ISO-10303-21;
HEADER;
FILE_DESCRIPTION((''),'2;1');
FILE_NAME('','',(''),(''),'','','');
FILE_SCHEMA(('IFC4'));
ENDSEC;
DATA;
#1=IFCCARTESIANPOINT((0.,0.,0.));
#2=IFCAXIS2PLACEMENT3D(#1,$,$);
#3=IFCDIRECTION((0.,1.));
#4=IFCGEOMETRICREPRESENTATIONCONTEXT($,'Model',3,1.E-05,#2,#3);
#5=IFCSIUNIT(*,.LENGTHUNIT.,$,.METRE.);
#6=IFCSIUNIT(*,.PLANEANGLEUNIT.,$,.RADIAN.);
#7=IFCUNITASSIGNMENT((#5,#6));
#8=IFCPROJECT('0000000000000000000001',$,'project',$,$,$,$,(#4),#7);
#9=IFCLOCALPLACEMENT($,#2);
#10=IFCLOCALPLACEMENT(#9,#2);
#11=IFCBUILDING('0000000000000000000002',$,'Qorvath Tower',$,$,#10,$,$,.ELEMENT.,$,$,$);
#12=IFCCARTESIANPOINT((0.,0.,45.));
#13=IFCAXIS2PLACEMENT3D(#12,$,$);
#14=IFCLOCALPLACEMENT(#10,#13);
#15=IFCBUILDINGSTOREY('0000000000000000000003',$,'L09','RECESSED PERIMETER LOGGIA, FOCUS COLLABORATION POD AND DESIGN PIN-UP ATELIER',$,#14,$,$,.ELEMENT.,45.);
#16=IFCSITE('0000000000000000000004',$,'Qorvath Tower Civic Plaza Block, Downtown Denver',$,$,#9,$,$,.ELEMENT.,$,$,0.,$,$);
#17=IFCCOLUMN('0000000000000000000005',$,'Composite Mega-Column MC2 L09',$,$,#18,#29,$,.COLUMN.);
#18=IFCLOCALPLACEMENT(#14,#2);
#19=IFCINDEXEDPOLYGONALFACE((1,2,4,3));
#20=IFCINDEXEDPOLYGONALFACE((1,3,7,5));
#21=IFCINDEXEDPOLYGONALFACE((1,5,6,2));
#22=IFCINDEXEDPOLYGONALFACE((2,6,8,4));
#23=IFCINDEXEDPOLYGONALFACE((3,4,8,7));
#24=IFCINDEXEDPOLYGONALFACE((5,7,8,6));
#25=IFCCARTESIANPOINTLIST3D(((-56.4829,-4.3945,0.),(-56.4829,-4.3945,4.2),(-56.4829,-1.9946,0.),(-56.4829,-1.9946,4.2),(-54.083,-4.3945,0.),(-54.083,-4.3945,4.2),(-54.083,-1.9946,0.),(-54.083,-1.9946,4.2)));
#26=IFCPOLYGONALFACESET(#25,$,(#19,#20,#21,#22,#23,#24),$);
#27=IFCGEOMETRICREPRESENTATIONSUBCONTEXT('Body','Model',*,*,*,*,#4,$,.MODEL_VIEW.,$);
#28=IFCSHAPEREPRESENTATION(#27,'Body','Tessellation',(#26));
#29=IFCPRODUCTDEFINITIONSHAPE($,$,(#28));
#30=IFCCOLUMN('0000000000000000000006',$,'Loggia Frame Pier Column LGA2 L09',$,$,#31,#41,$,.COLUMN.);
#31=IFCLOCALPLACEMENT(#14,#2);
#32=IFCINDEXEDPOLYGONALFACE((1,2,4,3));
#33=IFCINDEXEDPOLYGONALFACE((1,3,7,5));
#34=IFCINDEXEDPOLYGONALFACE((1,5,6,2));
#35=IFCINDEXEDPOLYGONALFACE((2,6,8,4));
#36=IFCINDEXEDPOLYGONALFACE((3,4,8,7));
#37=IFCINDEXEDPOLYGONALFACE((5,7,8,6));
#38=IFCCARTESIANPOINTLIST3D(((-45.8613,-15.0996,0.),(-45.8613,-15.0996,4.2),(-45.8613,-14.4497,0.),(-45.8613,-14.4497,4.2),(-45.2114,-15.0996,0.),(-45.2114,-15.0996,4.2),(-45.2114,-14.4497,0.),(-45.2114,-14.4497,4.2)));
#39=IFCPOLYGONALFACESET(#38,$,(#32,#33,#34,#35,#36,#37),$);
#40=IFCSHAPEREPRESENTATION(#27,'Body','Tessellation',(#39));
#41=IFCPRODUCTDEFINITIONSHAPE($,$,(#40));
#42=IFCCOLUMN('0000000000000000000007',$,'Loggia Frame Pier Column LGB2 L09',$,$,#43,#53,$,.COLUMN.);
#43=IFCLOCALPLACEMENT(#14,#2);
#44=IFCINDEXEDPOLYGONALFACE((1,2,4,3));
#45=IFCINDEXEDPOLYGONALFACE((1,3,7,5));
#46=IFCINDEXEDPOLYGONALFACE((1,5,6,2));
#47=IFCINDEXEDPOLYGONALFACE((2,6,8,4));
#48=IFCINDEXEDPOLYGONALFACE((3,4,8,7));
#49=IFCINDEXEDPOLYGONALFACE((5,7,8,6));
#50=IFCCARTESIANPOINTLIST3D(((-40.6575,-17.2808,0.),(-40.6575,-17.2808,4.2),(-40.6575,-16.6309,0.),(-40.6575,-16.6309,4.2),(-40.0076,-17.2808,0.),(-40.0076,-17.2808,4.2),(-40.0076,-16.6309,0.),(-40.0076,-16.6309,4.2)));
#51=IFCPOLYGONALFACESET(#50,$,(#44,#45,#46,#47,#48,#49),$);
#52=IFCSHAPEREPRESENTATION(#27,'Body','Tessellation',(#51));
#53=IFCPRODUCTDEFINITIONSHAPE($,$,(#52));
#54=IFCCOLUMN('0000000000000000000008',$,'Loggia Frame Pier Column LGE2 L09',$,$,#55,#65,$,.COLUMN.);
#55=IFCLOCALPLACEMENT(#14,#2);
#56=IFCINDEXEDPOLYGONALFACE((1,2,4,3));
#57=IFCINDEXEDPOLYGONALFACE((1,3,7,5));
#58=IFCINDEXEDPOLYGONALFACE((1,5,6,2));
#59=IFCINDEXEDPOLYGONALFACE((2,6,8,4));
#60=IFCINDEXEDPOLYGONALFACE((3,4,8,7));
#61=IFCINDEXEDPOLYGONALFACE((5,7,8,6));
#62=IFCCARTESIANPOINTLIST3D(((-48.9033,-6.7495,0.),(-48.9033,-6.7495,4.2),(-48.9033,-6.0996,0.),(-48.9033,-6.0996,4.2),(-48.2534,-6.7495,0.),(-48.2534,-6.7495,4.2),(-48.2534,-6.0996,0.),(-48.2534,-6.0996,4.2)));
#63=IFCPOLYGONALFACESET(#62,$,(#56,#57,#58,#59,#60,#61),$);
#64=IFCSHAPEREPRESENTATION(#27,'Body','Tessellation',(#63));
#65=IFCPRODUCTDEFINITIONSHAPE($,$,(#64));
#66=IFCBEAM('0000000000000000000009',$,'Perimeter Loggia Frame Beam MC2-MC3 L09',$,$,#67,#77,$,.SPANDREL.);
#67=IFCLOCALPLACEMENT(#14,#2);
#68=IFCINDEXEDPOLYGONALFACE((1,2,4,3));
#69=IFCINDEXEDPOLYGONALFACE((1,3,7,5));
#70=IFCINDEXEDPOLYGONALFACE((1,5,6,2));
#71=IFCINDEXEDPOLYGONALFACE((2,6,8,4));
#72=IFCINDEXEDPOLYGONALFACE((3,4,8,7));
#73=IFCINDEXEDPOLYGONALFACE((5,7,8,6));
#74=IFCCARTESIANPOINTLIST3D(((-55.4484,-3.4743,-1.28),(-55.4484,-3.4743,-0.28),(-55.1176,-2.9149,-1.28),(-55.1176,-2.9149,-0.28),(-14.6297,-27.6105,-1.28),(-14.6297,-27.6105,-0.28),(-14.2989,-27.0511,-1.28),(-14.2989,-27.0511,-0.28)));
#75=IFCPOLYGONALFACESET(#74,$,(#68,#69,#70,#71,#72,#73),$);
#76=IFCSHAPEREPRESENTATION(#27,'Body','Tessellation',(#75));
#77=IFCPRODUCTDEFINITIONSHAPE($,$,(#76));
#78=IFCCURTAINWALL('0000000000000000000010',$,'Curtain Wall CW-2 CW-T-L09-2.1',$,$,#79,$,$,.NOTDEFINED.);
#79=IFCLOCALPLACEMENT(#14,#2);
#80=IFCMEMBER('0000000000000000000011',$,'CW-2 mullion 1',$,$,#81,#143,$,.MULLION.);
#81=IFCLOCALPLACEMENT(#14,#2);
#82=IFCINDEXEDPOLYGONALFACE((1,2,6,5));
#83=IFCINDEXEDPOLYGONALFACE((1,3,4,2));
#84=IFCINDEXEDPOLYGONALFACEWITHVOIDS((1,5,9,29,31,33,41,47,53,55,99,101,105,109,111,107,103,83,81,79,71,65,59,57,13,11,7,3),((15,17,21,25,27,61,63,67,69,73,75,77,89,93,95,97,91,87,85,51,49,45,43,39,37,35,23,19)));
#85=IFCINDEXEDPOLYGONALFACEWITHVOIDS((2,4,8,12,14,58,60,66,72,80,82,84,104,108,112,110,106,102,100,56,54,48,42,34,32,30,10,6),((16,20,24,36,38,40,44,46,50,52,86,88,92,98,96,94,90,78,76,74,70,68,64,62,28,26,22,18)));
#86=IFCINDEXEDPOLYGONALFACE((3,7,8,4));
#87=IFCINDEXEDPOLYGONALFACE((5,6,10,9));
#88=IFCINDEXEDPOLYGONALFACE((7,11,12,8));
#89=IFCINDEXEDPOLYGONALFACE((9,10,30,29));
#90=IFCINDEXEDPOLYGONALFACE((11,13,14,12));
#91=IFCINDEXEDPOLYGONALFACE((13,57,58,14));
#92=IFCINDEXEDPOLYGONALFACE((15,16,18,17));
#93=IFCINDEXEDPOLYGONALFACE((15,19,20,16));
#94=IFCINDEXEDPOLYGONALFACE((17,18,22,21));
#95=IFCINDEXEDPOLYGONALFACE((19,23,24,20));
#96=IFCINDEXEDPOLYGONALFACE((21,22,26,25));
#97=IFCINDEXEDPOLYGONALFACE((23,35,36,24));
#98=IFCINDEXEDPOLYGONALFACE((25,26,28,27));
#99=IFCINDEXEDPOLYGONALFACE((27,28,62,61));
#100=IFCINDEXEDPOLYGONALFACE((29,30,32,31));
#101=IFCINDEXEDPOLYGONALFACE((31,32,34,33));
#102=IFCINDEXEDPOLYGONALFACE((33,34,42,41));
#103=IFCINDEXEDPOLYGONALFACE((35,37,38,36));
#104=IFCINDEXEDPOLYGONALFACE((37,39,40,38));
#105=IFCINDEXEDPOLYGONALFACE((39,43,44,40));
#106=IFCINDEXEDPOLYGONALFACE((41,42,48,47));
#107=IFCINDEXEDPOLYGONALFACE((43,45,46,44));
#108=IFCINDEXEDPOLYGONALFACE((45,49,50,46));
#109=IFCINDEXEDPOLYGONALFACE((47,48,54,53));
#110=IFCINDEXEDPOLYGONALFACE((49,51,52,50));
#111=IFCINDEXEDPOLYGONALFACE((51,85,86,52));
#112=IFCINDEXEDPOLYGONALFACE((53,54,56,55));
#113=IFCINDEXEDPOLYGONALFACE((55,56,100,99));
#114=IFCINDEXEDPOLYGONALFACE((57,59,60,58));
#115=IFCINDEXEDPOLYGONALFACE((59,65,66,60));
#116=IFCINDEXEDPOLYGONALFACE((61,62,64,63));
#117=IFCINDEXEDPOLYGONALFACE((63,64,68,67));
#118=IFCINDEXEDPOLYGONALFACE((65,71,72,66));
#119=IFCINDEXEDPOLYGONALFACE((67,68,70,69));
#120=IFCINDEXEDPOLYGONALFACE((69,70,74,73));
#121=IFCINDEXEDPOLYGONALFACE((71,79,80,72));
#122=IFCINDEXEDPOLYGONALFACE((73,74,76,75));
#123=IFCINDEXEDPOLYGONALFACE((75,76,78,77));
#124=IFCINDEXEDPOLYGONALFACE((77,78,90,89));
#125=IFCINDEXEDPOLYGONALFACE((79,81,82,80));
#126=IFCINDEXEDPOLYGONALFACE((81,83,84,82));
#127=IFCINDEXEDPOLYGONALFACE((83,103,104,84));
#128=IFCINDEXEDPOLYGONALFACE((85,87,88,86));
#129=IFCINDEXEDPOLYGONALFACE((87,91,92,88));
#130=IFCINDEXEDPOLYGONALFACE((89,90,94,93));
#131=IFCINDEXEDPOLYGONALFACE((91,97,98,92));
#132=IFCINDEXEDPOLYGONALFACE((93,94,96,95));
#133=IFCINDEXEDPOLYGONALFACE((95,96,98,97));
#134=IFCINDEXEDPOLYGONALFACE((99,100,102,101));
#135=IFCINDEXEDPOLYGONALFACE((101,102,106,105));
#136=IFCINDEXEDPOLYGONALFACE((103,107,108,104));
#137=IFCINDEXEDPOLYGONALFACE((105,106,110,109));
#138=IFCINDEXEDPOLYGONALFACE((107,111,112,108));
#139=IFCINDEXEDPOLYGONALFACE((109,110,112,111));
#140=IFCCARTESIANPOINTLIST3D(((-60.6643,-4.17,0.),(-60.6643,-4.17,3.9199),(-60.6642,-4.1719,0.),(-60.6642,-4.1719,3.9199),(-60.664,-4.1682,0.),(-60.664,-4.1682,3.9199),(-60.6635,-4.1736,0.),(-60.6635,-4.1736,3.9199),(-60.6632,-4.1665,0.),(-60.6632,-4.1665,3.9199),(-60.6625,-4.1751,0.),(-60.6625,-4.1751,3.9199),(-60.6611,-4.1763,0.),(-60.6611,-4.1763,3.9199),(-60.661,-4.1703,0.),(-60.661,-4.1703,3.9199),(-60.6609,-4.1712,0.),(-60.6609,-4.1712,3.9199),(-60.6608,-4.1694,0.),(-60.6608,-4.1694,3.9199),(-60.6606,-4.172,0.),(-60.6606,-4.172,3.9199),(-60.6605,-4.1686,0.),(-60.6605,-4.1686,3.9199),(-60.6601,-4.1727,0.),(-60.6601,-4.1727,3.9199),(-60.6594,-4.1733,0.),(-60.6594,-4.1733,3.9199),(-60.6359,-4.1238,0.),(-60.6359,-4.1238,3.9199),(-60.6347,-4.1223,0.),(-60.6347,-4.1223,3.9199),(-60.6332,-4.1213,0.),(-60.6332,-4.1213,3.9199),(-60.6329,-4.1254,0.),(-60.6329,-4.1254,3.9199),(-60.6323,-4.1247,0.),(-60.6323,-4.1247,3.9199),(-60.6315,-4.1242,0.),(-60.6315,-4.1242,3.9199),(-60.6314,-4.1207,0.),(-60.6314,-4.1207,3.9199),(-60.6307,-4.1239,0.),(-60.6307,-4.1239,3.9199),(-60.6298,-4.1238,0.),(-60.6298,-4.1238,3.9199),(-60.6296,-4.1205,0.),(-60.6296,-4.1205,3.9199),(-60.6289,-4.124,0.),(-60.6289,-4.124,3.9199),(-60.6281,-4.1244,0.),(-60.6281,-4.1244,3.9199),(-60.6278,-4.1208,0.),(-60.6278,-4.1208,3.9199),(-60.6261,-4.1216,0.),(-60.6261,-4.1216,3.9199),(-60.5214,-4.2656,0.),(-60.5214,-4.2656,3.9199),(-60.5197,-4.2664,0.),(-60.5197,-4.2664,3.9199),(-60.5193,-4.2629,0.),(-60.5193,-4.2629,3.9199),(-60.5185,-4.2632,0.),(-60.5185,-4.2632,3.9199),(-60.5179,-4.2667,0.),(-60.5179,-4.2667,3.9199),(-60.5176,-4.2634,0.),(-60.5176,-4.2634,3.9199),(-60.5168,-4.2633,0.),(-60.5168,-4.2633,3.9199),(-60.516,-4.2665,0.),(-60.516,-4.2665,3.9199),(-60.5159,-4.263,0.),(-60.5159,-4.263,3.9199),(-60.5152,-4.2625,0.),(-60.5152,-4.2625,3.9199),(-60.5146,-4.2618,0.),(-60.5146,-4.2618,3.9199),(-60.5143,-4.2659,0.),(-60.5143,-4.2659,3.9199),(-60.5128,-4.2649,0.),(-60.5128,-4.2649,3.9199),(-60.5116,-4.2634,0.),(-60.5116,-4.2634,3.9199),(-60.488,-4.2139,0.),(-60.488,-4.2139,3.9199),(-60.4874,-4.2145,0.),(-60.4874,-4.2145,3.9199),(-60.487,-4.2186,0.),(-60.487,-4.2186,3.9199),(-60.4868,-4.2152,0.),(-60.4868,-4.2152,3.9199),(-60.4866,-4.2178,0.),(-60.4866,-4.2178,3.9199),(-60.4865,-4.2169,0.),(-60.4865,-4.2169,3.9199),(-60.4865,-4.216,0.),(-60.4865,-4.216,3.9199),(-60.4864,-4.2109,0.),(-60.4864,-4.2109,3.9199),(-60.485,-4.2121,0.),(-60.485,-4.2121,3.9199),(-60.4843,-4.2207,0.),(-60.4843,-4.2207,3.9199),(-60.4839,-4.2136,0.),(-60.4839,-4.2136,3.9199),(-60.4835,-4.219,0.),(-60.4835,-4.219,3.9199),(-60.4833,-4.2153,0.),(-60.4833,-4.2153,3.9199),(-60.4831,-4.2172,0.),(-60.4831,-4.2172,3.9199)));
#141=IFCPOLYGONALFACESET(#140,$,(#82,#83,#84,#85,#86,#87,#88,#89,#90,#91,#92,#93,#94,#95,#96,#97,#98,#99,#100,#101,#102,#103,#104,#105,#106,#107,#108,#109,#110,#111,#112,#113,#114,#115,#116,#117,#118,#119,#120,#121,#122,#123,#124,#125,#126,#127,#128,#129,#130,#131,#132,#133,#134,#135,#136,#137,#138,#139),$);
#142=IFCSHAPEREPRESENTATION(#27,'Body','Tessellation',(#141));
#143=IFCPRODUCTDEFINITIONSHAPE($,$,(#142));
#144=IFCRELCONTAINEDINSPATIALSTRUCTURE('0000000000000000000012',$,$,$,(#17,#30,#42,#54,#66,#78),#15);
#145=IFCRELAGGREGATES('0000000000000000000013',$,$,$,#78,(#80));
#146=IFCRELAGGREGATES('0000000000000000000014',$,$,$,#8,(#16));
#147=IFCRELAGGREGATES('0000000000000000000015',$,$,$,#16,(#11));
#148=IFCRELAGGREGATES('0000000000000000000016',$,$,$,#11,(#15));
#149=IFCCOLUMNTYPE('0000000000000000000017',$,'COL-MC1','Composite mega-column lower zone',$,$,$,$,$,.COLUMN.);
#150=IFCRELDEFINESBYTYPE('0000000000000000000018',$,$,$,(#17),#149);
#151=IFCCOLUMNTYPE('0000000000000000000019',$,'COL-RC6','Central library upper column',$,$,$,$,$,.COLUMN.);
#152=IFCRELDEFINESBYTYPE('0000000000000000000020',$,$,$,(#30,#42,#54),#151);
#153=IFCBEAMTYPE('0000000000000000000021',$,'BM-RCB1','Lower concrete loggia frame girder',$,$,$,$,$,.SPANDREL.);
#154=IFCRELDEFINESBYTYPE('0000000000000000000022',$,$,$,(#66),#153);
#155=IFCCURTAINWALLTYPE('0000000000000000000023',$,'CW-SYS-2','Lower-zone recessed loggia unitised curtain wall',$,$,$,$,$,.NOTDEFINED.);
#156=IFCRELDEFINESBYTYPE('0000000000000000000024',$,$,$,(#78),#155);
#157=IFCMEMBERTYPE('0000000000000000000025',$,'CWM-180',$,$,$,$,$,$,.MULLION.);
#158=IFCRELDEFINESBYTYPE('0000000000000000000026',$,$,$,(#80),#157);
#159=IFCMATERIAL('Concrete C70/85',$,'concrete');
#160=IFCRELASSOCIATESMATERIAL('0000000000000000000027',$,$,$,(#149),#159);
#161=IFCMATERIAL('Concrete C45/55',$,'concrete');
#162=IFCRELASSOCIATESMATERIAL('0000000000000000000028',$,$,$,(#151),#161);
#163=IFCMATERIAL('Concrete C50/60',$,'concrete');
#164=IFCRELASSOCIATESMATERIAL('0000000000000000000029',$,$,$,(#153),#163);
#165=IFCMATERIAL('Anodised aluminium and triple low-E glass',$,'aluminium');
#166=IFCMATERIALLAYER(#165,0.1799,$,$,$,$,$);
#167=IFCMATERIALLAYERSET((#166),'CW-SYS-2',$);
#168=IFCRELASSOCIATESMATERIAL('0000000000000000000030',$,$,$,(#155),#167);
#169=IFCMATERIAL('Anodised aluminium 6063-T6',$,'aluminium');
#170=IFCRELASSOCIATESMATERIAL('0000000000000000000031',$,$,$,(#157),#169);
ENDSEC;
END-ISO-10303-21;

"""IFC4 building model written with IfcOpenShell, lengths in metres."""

from ifc_helpers import new_model, si_unit, direction, frame, origin, origin_2d, place, context, subcontext, project, spatial, rectangle, hollow_rectangle, extrude, material, layer, layer_set, material_profile, profile_set, type_object, element, aggregate, save


model = new_model("IFC4")

# Units and contexts
model_context = context("Model", 3, precision=1e-05, world=origin(), true_north=direction((0.0, 1.0)))
body_context = subcontext(model_context, "Body", "Model", "MODEL_VIEW")
ifc_project = project(units=[si_unit("LENGTHUNIT", "METRE"), si_unit("PLANEANGLEUNIT", "RADIAN")], contexts=[model_context])

# Site, building, storey
site_placement = place(None, origin())
site = spatial("IfcSite", under=ifc_project, at=site_placement, Name="Qorvath Tower Civic Plaza Block, Downtown Denver", CompositionType="ELEMENT", RefElevation=0.0)
building_placement = place(site_placement, origin())
building = spatial("IfcBuilding", under=site, at=building_placement, Name="Qorvath Tower", CompositionType="ELEMENT")
storey_placement = place(building_placement, frame((0.0, 0.0, 45.0)))
storey = spatial("IfcBuildingStorey", under=building, at=storey_placement, Name="L09", Description="RECESSED PERIMETER LOGGIA, FOCUS COLLABORATION POD AND DESIGN PIN-UP ATELIER", CompositionType="ELEMENT", Elevation=45.0)

# Columns
ifc_material_1 = material(Name="Concrete C70/85", Category="concrete")
ifc_material_profile_1 = material_profile(ifc_material_1, rectangle(XDim=2.3999, YDim=2.3999, at=origin_2d()), Name="MC 2400x2400")
ifc_profile_set_1 = profile_set([ifc_material_profile_1], Name="Concrete C70/85")
column_type_1 = type_object("IfcColumnType", Name="COL-MC1", Description="Composite mega-column lower zone", PredefinedType="COLUMN", material=ifc_profile_set_1)
column_placement = place(storey_placement, frame((-55.283, -3.1946, 0.0), z_axis=(0.0, 0.0, 1.0), x_axis=(1.0, 0.0, 0.0)))
element("IfcColumn", 1, at=column_placement, inside=storey, type_object=column_type_1, Name="Composite Mega-Column MC2 L09", PredefinedType="COLUMN", context=body_context, shape_type="SweptSolid", body=[
    extrude(rectangle(XDim=2.3999, YDim=2.3999, at=origin_2d()), origin(), (0.0, 0.0, 1.0), 4.2),
])
ifc_material_2 = material(Name="Concrete C45/55", Category="concrete")
ifc_material_profile_2 = material_profile(ifc_material_2, rectangle(XDim=0.6499, YDim=0.6499, at=origin_2d()), Name="RC 650x650")
ifc_profile_set_2 = profile_set([ifc_material_profile_2], Name="Concrete C45/55")
column_type_2 = type_object("IfcColumnType", Name="COL-RC6", Description="Central library upper column", PredefinedType="COLUMN", material=ifc_profile_set_2)
for number, where, z_axis, x_axis, name in (
    (2, (-45.5364, -14.7747, 0.0), (0.0, 0.0, 1.0), (1.0, 0.0, 0.0), "Loggia Frame Pier Column LGA2 L09"),
    (3, (-40.3325, -16.9558, 0.0), (0.0, 0.0, 1.0), (1.0, 0.0, 0.0), "Loggia Frame Pier Column LGB2 L09"),
    (4, (-48.5784, -6.4246, 0.0), (0.0, 0.0, 1.0), (1.0, 0.0, 0.0), "Loggia Frame Pier Column LGE2 L09"),
):
    element("IfcColumn", number, at=place(storey_placement, frame(where, z_axis=z_axis, x_axis=x_axis)), inside=storey, type_object=column_type_2, Name=name, PredefinedType="COLUMN", context=body_context, shape_type="SweptSolid", body=[
        extrude(rectangle(XDim=0.6499, YDim=0.6499, at=origin_2d()), origin(), (0.0, 0.0, 1.0), 4.2),
    ])

# Beam
ifc_material_3 = material(Name="Concrete C50/60", Category="concrete")
ifc_material_profile_3 = material_profile(ifc_material_3, rectangle(XDim=0.6499, YDim=1.0, at=origin_2d()), Name="RCB 1000x650")
ifc_profile_set_3 = profile_set([ifc_material_profile_3], Name="Concrete C50/60")
beam_type = type_object("IfcBeamType", Name="BM-RCB1", Description="Lower concrete loggia frame girder", PredefinedType="SPANDREL", material=ifc_profile_set_3)
beam_placement = place(storey_placement, frame((-55.283, -3.1946, -0.78), z_axis=(0.860777, -0.508982, 0.0), x_axis=(0.508982, 0.860777, 0.0)))
element("IfcBeam", 5, at=beam_placement, inside=storey, type_object=beam_type, Name="Perimeter Loggia Frame Beam MC2-MC3 L09", PredefinedType="SPANDREL", context=body_context, shape_type="SweptSolid", body=[
    extrude(rectangle(XDim=0.6499, YDim=1.0, at=origin_2d()), origin(), (0.0, 0.0, 1.0), 47.4207),
])

# Curtain wall, member
ifc_material_4 = material(Name="Anodised aluminium and triple low-E glass", Category="aluminium")
ifc_layer_1 = layer(ifc_material_4, 0.1799)
ifc_layer_set_1 = layer_set([ifc_layer_1], Name="CW-SYS-2")
curtain_wall_type = type_object("IfcCurtainWallType", Name="CW-SYS-2", Description="Lower-zone recessed loggia unitised curtain wall", PredefinedType="NOTDEFINED", material=ifc_layer_set_1)
curtain_wall_placement = place(storey_placement, origin())
curtain_wall = element("IfcCurtainWall", 6, at=curtain_wall_placement, inside=storey, type_object=curtain_wall_type, Name="Curtain Wall CW-2 CW-T-L09-2.1", PredefinedType="NOTDEFINED")
ifc_material_5 = material(Name="Anodised aluminium 6063-T6", Category="aluminium")
ifc_material_profile_4 = material_profile(ifc_material_5, hollow_rectangle(XDim=0.0649, YDim=0.1799, WallThickness=0.0034, InnerFilletRadius=0.0034, OuterFilletRadius=0.0071, at=origin_2d()), Name="CWM 180x65")
ifc_profile_set_4 = profile_set([ifc_material_profile_4], Name="Anodised aluminium 6063-T6")
member_type_1 = type_object("IfcMemberType", Name="CWM-180", PredefinedType="MULLION", material=ifc_profile_set_4)
member_1_placement = place(storey_placement, frame((-60.5737, -4.1936, 0.0), z_axis=(0.0, 0.0, 1.0), x_axis=(0.538532, 0.842605, 0.0)))
member_1 = element("IfcMember", 7, at=member_1_placement, type_object=member_type_1, Name="CW-2 mullion 1", PredefinedType="MULLION", context=body_context, shape_type="SweptSolid", body=[
    extrude(hollow_rectangle(XDim=0.0649, YDim=0.1799, WallThickness=0.0034, InnerFilletRadius=0.0034, OuterFilletRadius=0.0071, at=origin_2d()), origin(), (0.0, 0.0, 1.0), 3.9199),
])
aggregate(curtain_wall, [member_1])

save(model, "model.ifc")
